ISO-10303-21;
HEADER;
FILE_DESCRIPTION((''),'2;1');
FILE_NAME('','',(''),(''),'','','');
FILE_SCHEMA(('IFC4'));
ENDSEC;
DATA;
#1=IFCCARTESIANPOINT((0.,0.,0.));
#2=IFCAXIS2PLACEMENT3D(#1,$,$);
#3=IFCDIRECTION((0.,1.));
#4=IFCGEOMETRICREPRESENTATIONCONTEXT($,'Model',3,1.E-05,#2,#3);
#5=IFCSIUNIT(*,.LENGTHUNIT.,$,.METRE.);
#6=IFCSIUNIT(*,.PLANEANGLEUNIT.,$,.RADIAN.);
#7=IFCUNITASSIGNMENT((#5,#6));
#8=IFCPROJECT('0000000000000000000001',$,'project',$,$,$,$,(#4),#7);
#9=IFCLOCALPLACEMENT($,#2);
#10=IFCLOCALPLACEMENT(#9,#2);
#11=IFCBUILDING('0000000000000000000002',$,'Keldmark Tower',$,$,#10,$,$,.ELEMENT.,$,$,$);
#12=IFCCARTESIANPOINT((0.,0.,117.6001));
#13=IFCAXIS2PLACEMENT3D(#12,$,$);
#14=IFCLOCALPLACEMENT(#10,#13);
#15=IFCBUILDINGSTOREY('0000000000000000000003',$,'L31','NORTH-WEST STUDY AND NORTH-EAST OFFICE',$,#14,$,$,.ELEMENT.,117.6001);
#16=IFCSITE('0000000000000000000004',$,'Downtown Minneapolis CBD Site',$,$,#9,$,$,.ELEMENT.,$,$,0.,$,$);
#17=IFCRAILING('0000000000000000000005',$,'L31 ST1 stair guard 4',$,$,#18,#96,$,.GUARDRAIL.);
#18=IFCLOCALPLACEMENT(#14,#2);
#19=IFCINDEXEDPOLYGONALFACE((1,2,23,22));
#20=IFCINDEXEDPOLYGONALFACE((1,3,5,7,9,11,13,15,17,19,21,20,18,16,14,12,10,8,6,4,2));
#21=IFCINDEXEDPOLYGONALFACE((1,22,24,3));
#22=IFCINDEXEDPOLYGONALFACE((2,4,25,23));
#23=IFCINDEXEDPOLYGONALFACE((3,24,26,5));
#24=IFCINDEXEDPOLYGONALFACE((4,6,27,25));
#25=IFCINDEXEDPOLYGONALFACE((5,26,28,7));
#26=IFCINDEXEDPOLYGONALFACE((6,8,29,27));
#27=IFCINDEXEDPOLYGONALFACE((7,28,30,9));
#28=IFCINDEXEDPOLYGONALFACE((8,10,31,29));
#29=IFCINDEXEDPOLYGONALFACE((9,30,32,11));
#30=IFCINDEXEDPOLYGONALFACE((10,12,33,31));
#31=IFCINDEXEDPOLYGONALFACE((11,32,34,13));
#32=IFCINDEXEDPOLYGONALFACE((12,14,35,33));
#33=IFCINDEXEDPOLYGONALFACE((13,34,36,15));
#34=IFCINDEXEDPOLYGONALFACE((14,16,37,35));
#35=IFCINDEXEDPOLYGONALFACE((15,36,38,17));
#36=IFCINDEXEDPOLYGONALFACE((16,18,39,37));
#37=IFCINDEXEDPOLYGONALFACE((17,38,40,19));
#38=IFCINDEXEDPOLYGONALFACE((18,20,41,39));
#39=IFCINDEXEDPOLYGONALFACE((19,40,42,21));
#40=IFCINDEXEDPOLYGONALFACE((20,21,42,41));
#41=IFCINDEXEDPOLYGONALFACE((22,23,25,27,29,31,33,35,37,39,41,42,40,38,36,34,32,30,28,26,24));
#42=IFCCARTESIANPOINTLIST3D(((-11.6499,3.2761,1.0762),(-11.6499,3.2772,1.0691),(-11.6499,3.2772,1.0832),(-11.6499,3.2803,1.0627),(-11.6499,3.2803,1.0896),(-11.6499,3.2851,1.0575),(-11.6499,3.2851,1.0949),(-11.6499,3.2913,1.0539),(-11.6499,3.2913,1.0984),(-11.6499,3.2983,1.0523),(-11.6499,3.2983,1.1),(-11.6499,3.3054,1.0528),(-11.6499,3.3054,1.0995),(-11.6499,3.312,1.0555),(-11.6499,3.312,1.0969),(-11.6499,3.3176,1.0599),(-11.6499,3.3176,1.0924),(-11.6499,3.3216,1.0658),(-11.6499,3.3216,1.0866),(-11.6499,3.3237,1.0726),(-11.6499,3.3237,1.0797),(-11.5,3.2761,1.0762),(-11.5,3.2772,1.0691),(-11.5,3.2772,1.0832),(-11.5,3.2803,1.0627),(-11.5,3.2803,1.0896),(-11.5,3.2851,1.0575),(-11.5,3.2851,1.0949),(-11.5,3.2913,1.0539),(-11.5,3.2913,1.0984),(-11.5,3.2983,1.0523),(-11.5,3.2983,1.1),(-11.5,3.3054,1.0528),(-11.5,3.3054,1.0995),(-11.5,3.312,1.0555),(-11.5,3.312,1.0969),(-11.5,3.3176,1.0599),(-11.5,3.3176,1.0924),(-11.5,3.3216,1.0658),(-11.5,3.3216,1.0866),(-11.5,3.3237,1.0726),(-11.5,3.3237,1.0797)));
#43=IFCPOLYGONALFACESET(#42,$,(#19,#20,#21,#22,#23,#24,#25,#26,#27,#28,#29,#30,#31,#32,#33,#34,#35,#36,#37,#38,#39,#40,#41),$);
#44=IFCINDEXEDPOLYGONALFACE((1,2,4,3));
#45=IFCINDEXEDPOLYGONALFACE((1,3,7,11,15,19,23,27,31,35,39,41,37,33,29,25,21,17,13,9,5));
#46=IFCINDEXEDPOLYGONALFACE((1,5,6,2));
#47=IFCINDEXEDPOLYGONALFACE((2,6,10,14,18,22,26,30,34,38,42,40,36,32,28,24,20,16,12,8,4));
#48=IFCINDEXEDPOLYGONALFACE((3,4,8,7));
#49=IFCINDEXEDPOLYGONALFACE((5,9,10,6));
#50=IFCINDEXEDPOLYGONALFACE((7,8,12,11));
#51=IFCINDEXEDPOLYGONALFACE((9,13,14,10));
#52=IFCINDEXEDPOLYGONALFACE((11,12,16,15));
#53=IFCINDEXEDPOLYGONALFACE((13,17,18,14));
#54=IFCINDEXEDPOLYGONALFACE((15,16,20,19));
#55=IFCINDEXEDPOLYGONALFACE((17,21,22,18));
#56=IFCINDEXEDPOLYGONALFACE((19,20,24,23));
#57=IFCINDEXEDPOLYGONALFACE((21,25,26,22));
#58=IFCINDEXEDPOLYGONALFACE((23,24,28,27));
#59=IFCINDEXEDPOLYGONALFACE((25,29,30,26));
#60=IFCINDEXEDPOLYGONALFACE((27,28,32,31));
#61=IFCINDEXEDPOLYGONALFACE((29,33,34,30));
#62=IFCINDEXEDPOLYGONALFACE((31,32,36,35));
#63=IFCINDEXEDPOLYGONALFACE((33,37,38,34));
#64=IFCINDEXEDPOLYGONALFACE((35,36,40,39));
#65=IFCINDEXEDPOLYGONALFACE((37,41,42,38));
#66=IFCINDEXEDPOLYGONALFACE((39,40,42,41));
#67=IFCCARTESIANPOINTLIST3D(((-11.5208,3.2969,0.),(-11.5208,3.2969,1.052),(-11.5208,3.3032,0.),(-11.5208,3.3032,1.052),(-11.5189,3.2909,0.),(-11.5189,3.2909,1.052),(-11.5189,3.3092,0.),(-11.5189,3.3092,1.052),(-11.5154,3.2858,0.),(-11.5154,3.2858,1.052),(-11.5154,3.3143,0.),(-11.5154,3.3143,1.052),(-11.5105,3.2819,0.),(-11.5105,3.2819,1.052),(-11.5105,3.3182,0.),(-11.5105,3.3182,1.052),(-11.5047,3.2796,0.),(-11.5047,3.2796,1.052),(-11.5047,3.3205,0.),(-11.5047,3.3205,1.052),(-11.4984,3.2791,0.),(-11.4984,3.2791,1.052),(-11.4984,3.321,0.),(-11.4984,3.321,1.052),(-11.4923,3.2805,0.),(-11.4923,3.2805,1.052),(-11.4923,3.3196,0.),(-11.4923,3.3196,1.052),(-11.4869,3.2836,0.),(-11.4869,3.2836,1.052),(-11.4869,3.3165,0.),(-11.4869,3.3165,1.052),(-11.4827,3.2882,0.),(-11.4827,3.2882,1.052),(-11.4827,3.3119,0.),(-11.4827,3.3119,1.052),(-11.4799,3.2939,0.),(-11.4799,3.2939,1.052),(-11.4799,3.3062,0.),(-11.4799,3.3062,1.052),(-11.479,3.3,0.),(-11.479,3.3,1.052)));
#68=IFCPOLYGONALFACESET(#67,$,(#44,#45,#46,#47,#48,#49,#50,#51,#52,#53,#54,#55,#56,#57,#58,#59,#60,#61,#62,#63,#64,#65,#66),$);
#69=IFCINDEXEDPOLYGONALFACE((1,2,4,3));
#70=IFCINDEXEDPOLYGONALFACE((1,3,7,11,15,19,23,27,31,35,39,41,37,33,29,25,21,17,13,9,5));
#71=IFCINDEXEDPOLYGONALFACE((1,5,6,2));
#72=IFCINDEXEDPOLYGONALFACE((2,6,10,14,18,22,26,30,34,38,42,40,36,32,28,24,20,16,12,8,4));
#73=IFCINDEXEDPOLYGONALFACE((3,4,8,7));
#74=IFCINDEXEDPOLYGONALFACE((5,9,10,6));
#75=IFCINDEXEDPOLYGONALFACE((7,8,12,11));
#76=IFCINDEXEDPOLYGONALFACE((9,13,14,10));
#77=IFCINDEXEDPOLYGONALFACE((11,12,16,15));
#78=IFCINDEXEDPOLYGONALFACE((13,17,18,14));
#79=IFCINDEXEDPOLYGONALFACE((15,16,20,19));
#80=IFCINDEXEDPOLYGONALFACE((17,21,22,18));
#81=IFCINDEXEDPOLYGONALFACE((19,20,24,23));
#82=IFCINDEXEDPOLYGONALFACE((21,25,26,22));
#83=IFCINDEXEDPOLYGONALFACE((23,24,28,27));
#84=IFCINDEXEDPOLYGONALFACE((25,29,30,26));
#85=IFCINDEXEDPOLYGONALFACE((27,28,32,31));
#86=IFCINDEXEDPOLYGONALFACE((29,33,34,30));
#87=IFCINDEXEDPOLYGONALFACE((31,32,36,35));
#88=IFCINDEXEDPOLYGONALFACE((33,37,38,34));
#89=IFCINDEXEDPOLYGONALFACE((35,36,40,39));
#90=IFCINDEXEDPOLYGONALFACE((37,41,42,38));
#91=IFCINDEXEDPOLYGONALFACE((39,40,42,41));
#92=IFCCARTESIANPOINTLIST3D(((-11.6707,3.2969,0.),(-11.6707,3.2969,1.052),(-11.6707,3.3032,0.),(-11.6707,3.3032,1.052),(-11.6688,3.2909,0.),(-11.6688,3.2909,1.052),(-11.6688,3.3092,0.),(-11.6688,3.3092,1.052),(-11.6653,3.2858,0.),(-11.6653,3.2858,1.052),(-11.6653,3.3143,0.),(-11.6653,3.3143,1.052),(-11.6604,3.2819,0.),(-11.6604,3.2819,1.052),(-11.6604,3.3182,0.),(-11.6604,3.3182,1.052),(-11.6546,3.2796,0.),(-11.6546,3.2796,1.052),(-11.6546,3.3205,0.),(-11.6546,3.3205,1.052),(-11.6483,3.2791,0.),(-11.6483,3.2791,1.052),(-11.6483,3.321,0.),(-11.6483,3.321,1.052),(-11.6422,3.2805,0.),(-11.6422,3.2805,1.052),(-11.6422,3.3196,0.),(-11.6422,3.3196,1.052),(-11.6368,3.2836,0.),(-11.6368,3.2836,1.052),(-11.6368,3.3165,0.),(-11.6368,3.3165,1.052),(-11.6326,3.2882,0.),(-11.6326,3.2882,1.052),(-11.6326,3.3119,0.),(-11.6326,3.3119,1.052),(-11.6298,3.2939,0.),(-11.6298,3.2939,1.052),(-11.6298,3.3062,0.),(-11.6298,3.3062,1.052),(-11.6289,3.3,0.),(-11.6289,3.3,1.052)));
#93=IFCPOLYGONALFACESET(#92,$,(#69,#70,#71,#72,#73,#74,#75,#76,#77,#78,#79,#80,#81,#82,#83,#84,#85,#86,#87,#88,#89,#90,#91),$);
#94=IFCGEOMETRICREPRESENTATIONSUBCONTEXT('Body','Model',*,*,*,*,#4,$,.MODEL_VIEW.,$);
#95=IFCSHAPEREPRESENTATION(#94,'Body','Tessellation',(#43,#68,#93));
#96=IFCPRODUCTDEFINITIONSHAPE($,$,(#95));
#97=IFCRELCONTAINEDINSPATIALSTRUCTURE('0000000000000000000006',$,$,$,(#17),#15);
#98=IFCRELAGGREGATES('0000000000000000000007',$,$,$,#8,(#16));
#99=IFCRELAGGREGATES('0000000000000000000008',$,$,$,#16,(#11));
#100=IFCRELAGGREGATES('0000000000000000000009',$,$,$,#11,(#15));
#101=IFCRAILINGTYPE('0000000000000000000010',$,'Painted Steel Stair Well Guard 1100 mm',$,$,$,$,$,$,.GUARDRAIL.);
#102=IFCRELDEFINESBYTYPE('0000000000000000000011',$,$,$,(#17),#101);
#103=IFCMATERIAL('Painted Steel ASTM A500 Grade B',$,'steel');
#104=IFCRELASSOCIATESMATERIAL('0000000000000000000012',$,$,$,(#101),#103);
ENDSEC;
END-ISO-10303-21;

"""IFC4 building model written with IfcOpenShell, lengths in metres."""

from ifc_helpers import new_model, si_unit, direction, frame, origin, origin_2d, place, context, subcontext, project, spatial, circle, extrude, material, type_object, element, save


model = new_model("IFC4")

# Units and contexts
model_context = context("Model", 3, precision=1e-05, world=origin(), true_north=direction((0.0, 1.0)))
body_context = subcontext(model_context, "Body", "Model", "MODEL_VIEW")
ifc_project = project(units=[si_unit("LENGTHUNIT", "METRE"), si_unit("PLANEANGLEUNIT", "RADIAN")], contexts=[model_context])

# Site, building, storey
site_placement = place(None, origin())
site = spatial("IfcSite", under=ifc_project, at=site_placement, Name="Downtown Minneapolis CBD Site", CompositionType="ELEMENT", RefElevation=0.0)
building_placement = place(site_placement, origin())
building = spatial("IfcBuilding", under=site, at=building_placement, Name="Keldmark Tower", CompositionType="ELEMENT")
storey_placement = place(building_placement, frame((0.0, 0.0, 117.6001)))
storey = spatial("IfcBuildingStorey", under=building, at=storey_placement, Name="L31", Description="NORTH-WEST STUDY AND NORTH-EAST OFFICE", CompositionType="ELEMENT", Elevation=117.6001)

# Railing
ifc_material_1 = material(Name="Painted Steel ASTM A500 Grade B", Category="steel")
railing_type_1 = type_object("IfcRailingType", Name="Painted Steel Stair Well Guard 1100 mm", PredefinedType="GUARDRAIL", material=ifc_material_1)
railing_1_placement = place(storey_placement, frame((-11.5, 3.3, 0.0)))
element("IfcRailing", 1, at=railing_1_placement, inside=storey, type_object=railing_type_1, Name="L31 ST1 stair guard 4", PredefinedType="GUARDRAIL", context=body_context, shape_type="SweptSolid", body=[
    extrude(circle(Radius=0.0239, at=origin_2d()), frame((0.0, 0.0, 1.0762), z_axis=(-1.0, 0.0, 0.0), x_axis=(0.0, -1.0, 0.0)), (0.0, 0.0, 1.0), 0.1499),
    extrude(circle(Radius=0.021, at=origin_2d()), origin(), (0.0, 0.0, 1.0), 1.052),
    extrude(circle(Radius=0.021, at=origin_2d()), frame((-0.1499, 0.0, 0.0)), (0.0, 0.0, 1.0), 1.052),
])

save(model, "model.ifc")
